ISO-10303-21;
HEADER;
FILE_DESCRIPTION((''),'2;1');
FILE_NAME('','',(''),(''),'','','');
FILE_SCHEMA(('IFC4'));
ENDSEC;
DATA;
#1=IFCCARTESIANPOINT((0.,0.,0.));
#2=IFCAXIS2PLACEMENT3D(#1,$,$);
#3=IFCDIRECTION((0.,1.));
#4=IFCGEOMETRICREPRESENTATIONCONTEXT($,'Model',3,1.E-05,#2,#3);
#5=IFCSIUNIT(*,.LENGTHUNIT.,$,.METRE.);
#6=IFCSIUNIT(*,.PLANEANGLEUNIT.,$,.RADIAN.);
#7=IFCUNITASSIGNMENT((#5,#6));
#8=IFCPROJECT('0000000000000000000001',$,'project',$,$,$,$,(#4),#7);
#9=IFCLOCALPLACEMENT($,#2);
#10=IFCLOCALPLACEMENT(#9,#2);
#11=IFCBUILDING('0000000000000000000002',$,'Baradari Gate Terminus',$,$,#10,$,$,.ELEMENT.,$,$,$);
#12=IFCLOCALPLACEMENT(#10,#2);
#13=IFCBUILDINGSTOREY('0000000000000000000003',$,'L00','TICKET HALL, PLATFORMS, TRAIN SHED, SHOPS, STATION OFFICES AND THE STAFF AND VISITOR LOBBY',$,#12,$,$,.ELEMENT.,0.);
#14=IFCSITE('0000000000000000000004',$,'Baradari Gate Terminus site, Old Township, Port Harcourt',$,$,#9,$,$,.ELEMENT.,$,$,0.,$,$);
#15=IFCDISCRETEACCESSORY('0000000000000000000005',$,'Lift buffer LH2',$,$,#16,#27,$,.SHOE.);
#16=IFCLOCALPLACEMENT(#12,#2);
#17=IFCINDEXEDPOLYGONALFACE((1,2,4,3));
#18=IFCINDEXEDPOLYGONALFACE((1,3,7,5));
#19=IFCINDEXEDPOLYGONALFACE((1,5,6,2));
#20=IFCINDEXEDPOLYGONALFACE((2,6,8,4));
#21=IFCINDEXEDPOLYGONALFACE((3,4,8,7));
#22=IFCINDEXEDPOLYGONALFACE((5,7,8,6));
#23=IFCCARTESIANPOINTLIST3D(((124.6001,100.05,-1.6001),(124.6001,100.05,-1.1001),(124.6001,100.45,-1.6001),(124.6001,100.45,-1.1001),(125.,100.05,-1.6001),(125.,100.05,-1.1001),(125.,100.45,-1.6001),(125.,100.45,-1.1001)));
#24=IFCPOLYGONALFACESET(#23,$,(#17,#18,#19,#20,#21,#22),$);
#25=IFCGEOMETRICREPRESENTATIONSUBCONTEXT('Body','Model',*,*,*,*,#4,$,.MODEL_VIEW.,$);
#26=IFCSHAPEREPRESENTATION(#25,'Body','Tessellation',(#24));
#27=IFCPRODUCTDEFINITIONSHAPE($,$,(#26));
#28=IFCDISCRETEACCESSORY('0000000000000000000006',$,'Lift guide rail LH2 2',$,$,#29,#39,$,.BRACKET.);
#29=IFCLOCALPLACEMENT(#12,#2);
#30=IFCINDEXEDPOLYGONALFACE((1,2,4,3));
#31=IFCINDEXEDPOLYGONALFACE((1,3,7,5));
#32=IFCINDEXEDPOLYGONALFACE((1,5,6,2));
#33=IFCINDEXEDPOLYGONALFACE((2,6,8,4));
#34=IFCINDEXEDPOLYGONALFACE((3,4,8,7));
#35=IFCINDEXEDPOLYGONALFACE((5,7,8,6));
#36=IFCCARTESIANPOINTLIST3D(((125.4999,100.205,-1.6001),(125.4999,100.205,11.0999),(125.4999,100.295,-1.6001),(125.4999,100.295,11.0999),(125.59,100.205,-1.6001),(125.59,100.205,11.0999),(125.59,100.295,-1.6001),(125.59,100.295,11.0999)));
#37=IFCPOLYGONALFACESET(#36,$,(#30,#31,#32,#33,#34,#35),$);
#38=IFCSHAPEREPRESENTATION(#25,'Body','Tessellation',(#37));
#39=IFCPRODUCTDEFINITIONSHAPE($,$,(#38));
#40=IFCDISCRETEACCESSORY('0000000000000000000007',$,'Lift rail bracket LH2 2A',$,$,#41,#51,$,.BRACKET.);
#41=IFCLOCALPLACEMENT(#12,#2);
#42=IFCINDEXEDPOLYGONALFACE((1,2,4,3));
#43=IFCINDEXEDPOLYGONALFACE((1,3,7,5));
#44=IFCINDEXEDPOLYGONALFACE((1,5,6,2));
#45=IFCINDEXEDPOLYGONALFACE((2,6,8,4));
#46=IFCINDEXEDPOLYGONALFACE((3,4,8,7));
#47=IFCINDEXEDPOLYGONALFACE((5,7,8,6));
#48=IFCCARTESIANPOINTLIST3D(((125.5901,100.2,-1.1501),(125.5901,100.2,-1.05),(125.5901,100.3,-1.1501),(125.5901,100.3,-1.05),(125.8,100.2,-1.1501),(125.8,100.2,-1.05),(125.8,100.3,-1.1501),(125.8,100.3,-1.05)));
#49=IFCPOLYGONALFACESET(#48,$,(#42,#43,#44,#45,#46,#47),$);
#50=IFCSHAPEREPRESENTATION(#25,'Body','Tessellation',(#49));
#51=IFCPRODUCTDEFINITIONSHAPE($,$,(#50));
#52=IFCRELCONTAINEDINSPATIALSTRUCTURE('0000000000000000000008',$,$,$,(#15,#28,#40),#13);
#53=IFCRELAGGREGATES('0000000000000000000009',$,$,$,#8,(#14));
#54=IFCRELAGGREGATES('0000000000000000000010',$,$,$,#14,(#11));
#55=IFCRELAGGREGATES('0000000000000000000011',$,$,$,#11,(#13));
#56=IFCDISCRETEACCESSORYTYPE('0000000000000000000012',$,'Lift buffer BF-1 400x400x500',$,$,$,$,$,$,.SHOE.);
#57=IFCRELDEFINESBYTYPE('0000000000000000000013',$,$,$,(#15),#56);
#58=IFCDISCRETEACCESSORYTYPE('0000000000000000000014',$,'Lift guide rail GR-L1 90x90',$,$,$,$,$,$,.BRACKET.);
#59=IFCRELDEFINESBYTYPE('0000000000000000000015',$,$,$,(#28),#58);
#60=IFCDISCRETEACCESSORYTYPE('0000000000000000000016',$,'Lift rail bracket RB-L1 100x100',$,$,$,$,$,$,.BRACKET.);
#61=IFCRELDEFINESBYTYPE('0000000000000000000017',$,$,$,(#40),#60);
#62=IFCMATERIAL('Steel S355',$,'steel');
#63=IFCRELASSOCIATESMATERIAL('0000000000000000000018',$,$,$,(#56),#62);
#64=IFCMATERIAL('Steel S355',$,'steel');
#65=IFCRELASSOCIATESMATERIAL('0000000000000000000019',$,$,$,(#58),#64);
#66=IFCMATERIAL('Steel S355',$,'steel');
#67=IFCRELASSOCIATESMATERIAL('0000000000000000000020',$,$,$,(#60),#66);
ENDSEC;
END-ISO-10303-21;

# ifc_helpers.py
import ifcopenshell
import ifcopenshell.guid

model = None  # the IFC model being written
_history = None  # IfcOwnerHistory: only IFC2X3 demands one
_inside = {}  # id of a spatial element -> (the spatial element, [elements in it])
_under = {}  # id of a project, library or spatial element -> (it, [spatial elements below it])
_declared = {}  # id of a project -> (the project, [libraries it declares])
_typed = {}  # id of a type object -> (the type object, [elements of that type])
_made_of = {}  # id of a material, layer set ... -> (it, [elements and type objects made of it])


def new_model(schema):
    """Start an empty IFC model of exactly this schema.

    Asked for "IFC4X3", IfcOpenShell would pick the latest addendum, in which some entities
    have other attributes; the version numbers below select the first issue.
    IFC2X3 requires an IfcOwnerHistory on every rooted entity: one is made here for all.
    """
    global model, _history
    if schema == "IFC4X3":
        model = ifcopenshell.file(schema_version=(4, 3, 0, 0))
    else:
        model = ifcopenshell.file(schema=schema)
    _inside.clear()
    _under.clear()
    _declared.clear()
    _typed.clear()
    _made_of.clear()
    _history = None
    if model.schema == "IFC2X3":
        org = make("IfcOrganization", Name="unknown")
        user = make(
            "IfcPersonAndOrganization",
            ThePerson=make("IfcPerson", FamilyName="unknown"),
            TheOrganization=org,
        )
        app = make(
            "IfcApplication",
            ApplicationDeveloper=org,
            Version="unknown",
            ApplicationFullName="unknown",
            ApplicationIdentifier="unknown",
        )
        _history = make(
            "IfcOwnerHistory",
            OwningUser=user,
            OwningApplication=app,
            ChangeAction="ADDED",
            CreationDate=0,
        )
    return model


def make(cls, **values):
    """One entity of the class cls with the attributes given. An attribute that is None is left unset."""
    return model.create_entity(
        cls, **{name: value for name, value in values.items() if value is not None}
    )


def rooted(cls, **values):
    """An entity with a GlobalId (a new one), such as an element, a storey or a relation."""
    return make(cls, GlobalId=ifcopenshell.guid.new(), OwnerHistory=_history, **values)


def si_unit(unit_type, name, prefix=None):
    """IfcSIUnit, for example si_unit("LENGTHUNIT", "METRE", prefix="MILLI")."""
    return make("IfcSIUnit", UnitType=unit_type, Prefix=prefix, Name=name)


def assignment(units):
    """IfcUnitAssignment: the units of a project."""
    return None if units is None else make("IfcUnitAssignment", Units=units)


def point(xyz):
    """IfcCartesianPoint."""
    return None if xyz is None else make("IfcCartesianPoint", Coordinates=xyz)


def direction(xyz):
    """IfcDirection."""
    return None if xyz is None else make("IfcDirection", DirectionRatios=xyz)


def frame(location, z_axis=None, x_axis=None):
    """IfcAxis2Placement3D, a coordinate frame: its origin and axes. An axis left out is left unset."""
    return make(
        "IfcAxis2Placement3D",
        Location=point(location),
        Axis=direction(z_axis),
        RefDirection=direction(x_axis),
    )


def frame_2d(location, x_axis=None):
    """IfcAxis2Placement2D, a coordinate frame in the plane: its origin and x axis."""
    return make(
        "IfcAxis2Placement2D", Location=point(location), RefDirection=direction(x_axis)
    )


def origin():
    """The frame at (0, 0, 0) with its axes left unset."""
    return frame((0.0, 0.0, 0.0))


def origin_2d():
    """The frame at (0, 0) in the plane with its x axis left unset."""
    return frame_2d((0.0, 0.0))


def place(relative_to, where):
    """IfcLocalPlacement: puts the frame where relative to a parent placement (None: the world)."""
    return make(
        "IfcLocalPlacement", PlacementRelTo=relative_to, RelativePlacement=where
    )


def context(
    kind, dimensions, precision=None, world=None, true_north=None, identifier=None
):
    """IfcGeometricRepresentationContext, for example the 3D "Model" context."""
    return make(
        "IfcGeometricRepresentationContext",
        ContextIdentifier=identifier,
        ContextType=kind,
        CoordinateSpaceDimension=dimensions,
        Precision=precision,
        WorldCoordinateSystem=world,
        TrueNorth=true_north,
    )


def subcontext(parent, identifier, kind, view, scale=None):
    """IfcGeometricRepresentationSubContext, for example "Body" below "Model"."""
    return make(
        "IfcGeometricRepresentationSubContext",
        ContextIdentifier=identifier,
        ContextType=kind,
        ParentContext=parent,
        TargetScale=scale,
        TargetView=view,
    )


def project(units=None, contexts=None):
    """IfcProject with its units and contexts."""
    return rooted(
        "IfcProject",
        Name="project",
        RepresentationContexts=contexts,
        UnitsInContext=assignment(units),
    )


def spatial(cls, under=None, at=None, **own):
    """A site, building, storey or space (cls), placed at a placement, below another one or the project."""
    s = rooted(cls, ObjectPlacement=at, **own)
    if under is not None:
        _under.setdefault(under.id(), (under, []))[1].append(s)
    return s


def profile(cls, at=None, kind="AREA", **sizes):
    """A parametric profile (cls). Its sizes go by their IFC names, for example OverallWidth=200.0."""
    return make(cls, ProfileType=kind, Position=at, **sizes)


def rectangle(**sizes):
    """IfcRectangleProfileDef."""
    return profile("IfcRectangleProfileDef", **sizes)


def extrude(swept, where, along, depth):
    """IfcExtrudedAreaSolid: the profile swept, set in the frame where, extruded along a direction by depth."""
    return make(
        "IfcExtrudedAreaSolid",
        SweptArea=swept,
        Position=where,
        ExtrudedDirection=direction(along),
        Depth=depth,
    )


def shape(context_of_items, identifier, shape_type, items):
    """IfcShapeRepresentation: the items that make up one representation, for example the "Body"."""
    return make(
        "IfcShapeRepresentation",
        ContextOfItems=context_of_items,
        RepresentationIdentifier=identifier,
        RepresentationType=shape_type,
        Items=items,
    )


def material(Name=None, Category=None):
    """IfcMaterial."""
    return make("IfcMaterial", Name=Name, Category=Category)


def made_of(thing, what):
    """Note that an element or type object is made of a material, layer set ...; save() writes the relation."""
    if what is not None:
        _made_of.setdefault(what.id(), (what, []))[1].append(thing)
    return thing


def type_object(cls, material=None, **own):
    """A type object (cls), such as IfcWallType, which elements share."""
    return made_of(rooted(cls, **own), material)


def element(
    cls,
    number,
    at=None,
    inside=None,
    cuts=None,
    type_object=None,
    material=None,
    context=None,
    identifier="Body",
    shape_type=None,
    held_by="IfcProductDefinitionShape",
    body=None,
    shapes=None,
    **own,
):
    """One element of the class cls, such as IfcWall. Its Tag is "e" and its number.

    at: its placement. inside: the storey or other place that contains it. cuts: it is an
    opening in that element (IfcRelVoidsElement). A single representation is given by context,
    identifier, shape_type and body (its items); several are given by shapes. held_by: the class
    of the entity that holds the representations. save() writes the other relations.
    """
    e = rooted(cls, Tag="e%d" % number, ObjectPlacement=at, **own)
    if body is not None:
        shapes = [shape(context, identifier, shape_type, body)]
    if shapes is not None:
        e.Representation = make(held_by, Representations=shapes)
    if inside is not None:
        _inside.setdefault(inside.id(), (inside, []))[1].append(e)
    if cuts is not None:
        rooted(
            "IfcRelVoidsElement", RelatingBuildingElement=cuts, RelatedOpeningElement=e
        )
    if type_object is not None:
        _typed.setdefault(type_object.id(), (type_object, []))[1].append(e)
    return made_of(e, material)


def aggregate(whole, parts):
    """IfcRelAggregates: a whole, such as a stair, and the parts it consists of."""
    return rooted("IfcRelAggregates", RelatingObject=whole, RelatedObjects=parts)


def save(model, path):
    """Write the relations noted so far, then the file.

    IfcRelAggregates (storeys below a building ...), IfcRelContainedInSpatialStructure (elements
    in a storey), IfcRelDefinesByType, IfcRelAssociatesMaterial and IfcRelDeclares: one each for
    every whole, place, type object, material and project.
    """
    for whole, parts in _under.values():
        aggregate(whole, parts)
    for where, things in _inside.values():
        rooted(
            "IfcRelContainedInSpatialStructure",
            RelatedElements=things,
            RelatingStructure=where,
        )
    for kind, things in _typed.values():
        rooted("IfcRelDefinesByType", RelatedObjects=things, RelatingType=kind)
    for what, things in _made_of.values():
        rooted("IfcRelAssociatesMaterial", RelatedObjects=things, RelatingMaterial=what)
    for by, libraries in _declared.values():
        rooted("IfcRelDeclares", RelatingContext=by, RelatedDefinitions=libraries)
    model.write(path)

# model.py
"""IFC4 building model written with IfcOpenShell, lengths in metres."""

from ifc_helpers import new_model, si_unit, direction, frame, origin, origin_2d, place, context, subcontext, project, spatial, rectangle, extrude, material, type_object, element, save


model = new_model("IFC4")

# Units and contexts
model_context = context("Model", 3, precision=1e-05, world=origin(), true_north=direction((0.0, 1.0)))
body_context = subcontext(model_context, "Body", "Model", "MODEL_VIEW")
ifc_project = project(units=[si_unit("LENGTHUNIT", "METRE"), si_unit("PLANEANGLEUNIT", "RADIAN")], contexts=[model_context])

# Site, building, storey
site_placement = place(None, origin())
site = spatial("IfcSite", under=ifc_project, at=site_placement, Name="Baradari Gate Terminus site, Old Township, Port Harcourt", CompositionType="ELEMENT", RefElevation=0.0)
building_placement = place(site_placement, origin())
building = spatial("IfcBuilding", under=site, at=building_placement, Name="Baradari Gate Terminus", CompositionType="ELEMENT")
storey_placement = place(building_placement, origin())
storey = spatial("IfcBuildingStorey", under=building, at=storey_placement, Name="L00", Description="TICKET HALL, PLATFORMS, TRAIN SHED, SHOPS, STATION OFFICES AND THE STAFF AND VISITOR LOBBY", CompositionType="ELEMENT", Elevation=0.0)

# Discrete accessories
ifc_material_1 = material(Name="Steel S355", Category="steel")
discrete_accessory_type_1 = type_object("IfcDiscreteAccessoryType", Name="Lift buffer BF-1 400x400x500", PredefinedType="SHOE", material=ifc_material_1)
discrete_accessory_1_placement = place(storey_placement, frame((124.8, 100.25, -1.6001), z_axis=(0.0, 0.0, 1.0), x_axis=(1.0, 0.0, 0.0)))
element("IfcDiscreteAccessory", 1, at=discrete_accessory_1_placement, inside=storey, type_object=discrete_accessory_type_1, Name="Lift buffer LH2", PredefinedType="SHOE", context=body_context, shape_type="SweptSolid", body=[
    extrude(rectangle(XDim=0.3999, YDim=0.3999, at=origin_2d()), origin(), (0.0, 0.0, 1.0), 0.5),
])
ifc_material_2 = material(Name="Steel S355", Category="steel")
discrete_accessory_type_2 = type_object("IfcDiscreteAccessoryType", Name="Lift guide rail GR-L1 90x90", PredefinedType="BRACKET", material=ifc_material_2)
discrete_accessory_2_placement = place(storey_placement, frame((125.5449, 100.25, -1.6001), z_axis=(0.0, 0.0, 1.0), x_axis=(1.0, 0.0, 0.0)))
element("IfcDiscreteAccessory", 2, at=discrete_accessory_2_placement, inside=storey, type_object=discrete_accessory_type_2, Name="Lift guide rail LH2 2", PredefinedType="BRACKET", context=body_context, shape_type="SweptSolid", body=[
    extrude(rectangle(XDim=0.0901, YDim=0.0901, at=origin_2d()), origin(), (0.0, 0.0, 1.0), 12.7),
])
ifc_material_3 = material(Name="Steel S355", Category="steel")
discrete_accessory_type_3 = type_object("IfcDiscreteAccessoryType", Name="Lift rail bracket RB-L1 100x100", PredefinedType="BRACKET", material=ifc_material_3)
discrete_accessory_3_placement = place(storey_placement, frame((125.6951, 100.25, -1.1501), z_axis=(0.0, 0.0, 1.0), x_axis=(1.0, 0.0, 0.0)))
element("IfcDiscreteAccessory", 3, at=discrete_accessory_3_placement, inside=storey, type_object=discrete_accessory_type_3, Name="Lift rail bracket LH2 2A", PredefinedType="BRACKET", context=body_context, shape_type="SweptSolid", body=[
    extrude(rectangle(XDim=0.21, YDim=0.1001, at=origin_2d()), origin(), (0.0, 0.0, 1.0), 0.1001),
])

save(model, "model.ifc")
